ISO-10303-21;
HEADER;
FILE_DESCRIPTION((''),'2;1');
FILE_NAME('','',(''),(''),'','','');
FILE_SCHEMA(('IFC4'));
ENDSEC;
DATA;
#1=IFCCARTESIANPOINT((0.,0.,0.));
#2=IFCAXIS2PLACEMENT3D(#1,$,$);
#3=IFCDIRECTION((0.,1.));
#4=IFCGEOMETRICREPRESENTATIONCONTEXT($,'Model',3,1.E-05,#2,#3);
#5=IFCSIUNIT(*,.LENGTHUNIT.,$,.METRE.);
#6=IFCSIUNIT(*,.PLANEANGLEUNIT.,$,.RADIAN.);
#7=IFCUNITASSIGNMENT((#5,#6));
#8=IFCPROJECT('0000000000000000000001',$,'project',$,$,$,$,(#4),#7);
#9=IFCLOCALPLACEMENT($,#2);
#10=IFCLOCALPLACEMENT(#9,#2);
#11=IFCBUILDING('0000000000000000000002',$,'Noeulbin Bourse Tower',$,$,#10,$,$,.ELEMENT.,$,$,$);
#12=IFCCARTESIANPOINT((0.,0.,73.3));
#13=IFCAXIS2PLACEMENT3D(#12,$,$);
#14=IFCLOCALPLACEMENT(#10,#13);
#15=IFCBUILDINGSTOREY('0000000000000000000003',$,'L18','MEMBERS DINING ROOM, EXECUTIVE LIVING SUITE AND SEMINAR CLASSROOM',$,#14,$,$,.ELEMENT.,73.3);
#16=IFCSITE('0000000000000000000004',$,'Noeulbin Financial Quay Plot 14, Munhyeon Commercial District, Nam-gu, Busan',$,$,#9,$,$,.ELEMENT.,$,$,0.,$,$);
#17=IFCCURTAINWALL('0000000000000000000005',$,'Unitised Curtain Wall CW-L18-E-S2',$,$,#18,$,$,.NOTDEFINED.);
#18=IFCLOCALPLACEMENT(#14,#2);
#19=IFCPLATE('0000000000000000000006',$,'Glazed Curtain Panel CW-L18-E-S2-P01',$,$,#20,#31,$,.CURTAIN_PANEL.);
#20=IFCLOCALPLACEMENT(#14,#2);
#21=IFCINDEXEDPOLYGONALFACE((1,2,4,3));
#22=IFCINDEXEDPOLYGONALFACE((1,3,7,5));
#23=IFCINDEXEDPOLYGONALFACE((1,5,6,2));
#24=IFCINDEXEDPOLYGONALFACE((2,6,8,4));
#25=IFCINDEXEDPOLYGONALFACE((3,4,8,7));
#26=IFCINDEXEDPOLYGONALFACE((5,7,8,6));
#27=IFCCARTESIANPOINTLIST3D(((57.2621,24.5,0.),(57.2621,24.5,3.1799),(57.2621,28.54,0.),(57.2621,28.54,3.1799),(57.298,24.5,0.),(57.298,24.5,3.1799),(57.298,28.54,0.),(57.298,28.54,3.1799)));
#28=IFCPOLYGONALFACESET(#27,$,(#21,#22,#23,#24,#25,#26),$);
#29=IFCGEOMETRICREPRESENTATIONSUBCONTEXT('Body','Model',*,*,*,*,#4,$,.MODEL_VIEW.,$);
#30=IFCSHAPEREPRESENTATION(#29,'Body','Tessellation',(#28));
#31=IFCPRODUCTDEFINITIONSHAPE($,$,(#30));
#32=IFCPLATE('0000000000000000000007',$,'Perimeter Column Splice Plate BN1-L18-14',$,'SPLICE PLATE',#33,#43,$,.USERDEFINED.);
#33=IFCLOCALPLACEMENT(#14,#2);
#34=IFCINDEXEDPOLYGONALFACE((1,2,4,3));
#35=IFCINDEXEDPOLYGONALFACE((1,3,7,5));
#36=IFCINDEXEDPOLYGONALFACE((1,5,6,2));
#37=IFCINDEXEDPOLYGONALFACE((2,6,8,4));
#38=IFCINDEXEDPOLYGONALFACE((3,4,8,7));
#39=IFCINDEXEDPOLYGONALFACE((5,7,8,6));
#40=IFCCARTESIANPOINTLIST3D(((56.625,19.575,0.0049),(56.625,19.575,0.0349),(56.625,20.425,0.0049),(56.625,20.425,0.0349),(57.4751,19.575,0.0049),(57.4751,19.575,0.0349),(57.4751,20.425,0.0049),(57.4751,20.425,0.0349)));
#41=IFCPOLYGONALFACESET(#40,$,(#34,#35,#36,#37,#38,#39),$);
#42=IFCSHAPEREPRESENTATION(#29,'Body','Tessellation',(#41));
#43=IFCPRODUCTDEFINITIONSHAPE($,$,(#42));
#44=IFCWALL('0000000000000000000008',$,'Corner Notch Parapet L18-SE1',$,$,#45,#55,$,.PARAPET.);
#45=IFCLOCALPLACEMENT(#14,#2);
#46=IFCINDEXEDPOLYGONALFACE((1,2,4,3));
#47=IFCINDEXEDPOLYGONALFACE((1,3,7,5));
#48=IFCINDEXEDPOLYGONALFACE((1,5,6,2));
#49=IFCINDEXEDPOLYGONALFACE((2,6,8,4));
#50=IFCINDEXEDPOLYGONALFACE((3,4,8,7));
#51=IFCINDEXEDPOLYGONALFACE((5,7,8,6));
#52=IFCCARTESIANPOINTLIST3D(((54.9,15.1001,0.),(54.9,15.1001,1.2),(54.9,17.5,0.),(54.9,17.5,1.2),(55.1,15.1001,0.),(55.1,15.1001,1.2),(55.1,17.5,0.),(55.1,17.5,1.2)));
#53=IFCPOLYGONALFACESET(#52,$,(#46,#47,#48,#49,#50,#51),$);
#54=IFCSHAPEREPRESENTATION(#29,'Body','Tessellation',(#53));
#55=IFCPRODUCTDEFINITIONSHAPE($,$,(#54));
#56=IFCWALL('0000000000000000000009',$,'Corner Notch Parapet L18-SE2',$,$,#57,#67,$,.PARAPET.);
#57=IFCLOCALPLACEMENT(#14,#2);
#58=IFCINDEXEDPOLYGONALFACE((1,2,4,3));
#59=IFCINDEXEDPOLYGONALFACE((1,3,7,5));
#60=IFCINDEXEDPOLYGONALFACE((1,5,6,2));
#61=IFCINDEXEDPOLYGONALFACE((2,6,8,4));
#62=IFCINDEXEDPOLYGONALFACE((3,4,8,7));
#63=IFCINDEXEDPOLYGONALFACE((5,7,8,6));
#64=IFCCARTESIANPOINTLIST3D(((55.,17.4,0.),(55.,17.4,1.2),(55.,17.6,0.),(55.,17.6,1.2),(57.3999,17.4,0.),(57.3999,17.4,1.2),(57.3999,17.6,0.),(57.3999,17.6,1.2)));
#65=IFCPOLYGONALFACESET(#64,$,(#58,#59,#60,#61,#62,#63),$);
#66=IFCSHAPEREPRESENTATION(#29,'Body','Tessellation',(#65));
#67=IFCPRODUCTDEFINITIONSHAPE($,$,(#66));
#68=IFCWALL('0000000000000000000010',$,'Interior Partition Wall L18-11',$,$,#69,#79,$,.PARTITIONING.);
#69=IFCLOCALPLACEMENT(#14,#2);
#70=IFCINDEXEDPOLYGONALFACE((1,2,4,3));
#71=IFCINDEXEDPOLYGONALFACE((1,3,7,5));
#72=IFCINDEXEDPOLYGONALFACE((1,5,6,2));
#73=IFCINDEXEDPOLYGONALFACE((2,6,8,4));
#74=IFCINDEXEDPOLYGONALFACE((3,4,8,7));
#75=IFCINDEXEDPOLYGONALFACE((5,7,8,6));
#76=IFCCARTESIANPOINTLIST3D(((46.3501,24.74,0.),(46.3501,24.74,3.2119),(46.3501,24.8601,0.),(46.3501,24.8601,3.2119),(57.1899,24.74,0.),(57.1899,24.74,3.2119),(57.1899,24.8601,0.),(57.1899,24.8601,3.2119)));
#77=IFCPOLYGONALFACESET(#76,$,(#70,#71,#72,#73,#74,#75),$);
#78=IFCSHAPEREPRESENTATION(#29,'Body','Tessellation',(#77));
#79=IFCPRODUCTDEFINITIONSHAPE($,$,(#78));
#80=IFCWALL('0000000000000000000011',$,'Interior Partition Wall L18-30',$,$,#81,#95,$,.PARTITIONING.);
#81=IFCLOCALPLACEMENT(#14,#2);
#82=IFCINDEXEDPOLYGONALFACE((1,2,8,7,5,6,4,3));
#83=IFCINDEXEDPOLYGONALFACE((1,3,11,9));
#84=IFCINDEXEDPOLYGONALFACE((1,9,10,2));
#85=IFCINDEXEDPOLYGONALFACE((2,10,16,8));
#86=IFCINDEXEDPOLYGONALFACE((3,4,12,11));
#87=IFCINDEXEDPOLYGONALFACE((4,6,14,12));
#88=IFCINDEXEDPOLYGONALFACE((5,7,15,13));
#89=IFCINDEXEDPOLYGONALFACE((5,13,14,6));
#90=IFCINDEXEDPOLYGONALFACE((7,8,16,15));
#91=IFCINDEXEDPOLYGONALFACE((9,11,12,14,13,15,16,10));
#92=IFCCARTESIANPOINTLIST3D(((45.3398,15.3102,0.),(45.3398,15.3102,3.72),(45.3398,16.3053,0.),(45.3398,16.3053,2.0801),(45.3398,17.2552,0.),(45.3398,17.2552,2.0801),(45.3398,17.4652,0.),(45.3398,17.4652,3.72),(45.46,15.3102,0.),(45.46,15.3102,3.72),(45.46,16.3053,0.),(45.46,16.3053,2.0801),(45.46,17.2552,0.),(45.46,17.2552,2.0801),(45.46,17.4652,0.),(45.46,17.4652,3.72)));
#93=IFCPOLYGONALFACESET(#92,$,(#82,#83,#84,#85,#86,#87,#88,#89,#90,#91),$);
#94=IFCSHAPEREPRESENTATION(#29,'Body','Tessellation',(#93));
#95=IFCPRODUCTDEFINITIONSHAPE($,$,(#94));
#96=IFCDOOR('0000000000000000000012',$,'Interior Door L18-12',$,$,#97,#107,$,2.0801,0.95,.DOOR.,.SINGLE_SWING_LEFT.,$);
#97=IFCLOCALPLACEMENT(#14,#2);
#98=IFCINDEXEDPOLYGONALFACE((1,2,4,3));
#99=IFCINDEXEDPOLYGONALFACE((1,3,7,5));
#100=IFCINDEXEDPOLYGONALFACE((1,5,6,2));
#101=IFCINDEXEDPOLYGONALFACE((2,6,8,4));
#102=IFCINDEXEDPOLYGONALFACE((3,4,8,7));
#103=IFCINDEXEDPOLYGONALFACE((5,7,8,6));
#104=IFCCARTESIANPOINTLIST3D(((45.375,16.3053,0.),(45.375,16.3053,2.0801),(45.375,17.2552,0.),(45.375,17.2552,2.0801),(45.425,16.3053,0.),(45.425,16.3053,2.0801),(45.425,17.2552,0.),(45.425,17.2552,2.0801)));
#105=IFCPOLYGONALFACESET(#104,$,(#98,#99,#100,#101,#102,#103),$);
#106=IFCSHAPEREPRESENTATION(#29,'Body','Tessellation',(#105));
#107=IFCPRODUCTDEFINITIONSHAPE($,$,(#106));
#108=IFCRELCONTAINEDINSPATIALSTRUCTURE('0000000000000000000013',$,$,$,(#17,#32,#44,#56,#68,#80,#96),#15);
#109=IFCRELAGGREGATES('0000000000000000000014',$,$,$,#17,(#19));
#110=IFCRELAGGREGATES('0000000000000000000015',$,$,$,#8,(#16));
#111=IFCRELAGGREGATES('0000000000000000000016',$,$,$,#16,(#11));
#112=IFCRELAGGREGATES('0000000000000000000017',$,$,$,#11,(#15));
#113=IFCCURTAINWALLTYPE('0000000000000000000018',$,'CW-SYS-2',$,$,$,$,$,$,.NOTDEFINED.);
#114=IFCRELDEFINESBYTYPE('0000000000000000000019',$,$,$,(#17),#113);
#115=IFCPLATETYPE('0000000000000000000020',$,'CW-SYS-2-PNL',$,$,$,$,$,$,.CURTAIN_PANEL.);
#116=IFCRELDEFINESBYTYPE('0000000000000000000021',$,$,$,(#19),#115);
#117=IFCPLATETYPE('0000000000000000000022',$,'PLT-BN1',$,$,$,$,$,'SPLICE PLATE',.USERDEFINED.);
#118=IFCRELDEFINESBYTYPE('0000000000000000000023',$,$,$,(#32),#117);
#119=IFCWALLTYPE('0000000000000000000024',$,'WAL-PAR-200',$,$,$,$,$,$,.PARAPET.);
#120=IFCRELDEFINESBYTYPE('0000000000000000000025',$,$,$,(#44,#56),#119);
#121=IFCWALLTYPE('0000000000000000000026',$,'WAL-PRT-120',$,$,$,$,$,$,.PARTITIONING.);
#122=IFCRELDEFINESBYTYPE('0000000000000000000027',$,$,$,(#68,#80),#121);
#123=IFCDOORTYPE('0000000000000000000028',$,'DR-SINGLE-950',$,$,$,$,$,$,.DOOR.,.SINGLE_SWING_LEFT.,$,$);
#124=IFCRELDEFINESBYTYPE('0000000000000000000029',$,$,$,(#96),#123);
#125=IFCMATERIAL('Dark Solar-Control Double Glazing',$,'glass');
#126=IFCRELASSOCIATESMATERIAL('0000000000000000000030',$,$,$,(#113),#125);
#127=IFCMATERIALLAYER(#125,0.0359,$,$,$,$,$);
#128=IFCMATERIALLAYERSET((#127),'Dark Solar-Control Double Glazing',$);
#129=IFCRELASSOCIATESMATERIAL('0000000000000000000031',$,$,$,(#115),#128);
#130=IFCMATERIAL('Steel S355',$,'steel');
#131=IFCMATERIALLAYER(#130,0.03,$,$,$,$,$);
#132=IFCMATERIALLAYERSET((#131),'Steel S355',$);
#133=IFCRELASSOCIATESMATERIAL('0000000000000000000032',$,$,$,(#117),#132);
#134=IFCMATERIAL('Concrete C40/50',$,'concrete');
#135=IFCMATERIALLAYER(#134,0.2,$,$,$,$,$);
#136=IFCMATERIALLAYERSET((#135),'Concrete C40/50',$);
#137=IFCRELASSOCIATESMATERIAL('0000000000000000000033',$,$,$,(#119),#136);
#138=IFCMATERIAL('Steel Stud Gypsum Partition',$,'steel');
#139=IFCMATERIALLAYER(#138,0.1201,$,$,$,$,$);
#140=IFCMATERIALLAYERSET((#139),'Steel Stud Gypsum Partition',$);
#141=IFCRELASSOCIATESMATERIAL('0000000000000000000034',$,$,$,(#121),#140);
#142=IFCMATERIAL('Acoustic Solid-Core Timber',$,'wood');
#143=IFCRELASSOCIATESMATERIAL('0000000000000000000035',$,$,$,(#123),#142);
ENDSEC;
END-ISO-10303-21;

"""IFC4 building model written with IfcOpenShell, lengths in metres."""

from ifc_helpers import new_model, si_unit, direction, frame, frame_2d, origin, origin_2d, place, context, subcontext, project, spatial, rectangle, extrude, material, layer, layer_set, type_object, element, fill, aggregate, save


model = new_model("IFC4")

# Units and contexts
model_context = context("Model", 3, precision=1e-05, world=origin(), true_north=direction((0.0, 1.0)))
body_context = subcontext(model_context, "Body", "Model", "MODEL_VIEW")
ifc_project = project(units=[si_unit("LENGTHUNIT", "METRE"), si_unit("PLANEANGLEUNIT", "RADIAN")], contexts=[model_context])

# Site, building, storey
site_placement = place(None, origin())
site = spatial("IfcSite", under=ifc_project, at=site_placement, Name="Noeulbin Financial Quay Plot 14, Munhyeon Commercial District, Nam-gu, Busan", CompositionType="ELEMENT", RefElevation=0.0)
building_placement = place(site_placement, origin())
building = spatial("IfcBuilding", under=site, at=building_placement, Name="Noeulbin Bourse Tower", CompositionType="ELEMENT")
storey_placement = place(building_placement, frame((0.0, 0.0, 73.3)))
storey = spatial("IfcBuildingStorey", under=building, at=storey_placement, Name="L18", Description="MEMBERS DINING ROOM, EXECUTIVE LIVING SUITE AND SEMINAR CLASSROOM", CompositionType="ELEMENT", Elevation=73.3)

# Shared definitions
ifc_material_1 = material(Name="Steel S355", Category="steel")

# Curtain wall
ifc_material_2 = material(Name="Dark Solar-Control Double Glazing", Category="glass")
curtain_wall_type = type_object("IfcCurtainWallType", Name="CW-SYS-2", PredefinedType="NOTDEFINED", material=ifc_material_2)
curtain_wall_1_placement = place(storey_placement, origin())
curtain_wall_1 = element("IfcCurtainWall", 1, at=curtain_wall_1_placement, inside=storey, type_object=curtain_wall_type, Name="Unitised Curtain Wall CW-L18-E-S2", PredefinedType="NOTDEFINED")

# Plates
ifc_layer_1 = layer(ifc_material_2, 0.0359)
ifc_layer_set_1 = layer_set([ifc_layer_1], Name="Dark Solar-Control Double Glazing")
plate_type_1 = type_object("IfcPlateType", Name="CW-SYS-2-PNL", PredefinedType="CURTAIN_PANEL", material=ifc_layer_set_1)
plate_1_placement = place(storey_placement, frame((57.28, 26.52, 0.0), z_axis=(0.0, 0.0, 1.0), x_axis=(0.0, 1.0, 0.0)))
plate_1 = element("IfcPlate", 2, at=plate_1_placement, type_object=plate_type_1, Name="Glazed Curtain Panel CW-L18-E-S2-P01", PredefinedType="CURTAIN_PANEL", context=body_context, shape_type="SweptSolid", body=[
    extrude(rectangle(XDim=4.04, YDim=0.0359, at=origin_2d()), origin(), (0.0, 0.0, 1.0), 3.1799),
])
aggregate(curtain_wall_1, [plate_1])
ifc_layer_2 = layer(ifc_material_1, 0.03)
ifc_layer_set_2 = layer_set([ifc_layer_2], Name="Steel S355")
plate_type_2 = type_object("IfcPlateType", Name="PLT-BN1", ElementType="SPLICE PLATE", PredefinedType="USERDEFINED", material=ifc_layer_set_2)
plate_2_placement = place(storey_placement, frame((57.05, 20.0, 0.0049), z_axis=(0.0, 0.0, 1.0), x_axis=(1.0, 0.0, 0.0)))
element("IfcPlate", 3, at=plate_2_placement, inside=storey, type_object=plate_type_2, Name="Perimeter Column Splice Plate BN1-L18-14", ObjectType="SPLICE PLATE", PredefinedType="USERDEFINED", context=body_context, shape_type="SweptSolid", body=[
    extrude(rectangle(XDim=0.8501, YDim=0.8501, at=origin_2d()), origin(), (0.0, 0.0, 1.0), 0.03),
])

# Walls
ifc_material_3 = material(Name="Concrete C40/50", Category="concrete")
ifc_layer_3 = layer(ifc_material_3, 0.2)
ifc_layer_set_3 = layer_set([ifc_layer_3], Name="Concrete C40/50")
wall_type_1 = type_object("IfcWallType", Name="WAL-PAR-200", PredefinedType="PARAPET", material=ifc_layer_set_3)
for number, where, z_axis, x_axis, name in (
    (4, (55.0, 15.1001, 0.0), (0.0, 0.0, 1.0), (0.0, 1.0, 0.0), "Corner Notch Parapet L18-SE1"),
    (5, (55.0, 17.5, 0.0), (0.0, 0.0, 1.0), (1.0, 0.0, 0.0), "Corner Notch Parapet L18-SE2"),
):
    element("IfcWall", number, at=place(storey_placement, frame(where, z_axis=z_axis, x_axis=x_axis)), inside=storey, type_object=wall_type_1, Name=name, PredefinedType="PARAPET", context=body_context, shape_type="SweptSolid", body=[
        extrude(rectangle(XDim=2.3999, YDim=0.2, at=frame_2d((1.2, 0.0))), origin(), (0.0, 0.0, 1.0), 1.2),
    ])
ifc_material_4 = material(Name="Steel Stud Gypsum Partition", Category="steel")
ifc_layer_4 = layer(ifc_material_4, 0.1201)
ifc_layer_set_4 = layer_set([ifc_layer_4], Name="Steel Stud Gypsum Partition")
wall_type_2 = type_object("IfcWallType", Name="WAL-PRT-120", PredefinedType="PARTITIONING", material=ifc_layer_set_4)
wall_1_placement = place(storey_placement, frame((46.3501, 24.8, 0.0), z_axis=(0.0, 0.0, 1.0), x_axis=(1.0, 0.0, 0.0)))
element("IfcWall", 6, at=wall_1_placement, inside=storey, type_object=wall_type_2, Name="Interior Partition Wall L18-11", PredefinedType="PARTITIONING", context=body_context, shape_type="SweptSolid", body=[
    extrude(rectangle(XDim=10.8398, YDim=0.1201, at=frame_2d((5.4199, 0.0))), origin(), (0.0, 0.0, 1.0), 3.2119),
])

# Wall, opening, door
wall_2_placement = place(storey_placement, frame((45.3999, 15.3101, 0.0), z_axis=(0.0, 0.0, 1.0), x_axis=(0.0, 1.0, 0.0)))
wall_2 = element("IfcWall", 7, at=wall_2_placement, inside=storey, type_object=wall_type_2, Name="Interior Partition Wall L18-30", PredefinedType="PARTITIONING", context=body_context, shape_type="SweptSolid", body=[
    extrude(rectangle(XDim=2.155, YDim=0.1201, at=frame_2d((1.0776, 0.0))), origin(), (0.0, 0.0, 1.0), 3.72),
])
opening_1_placement = place(wall_2_placement, frame((0.9951, 0.0, 0.0)))
opening_1 = element("IfcOpeningElement", 8, at=opening_1_placement, cuts=wall_2, PredefinedType="OPENING", context=body_context, shape_type="SweptSolid", body=[
    extrude(rectangle(XDim=0.95, YDim=2.0801, at=frame_2d((0.4751, 1.04))), frame((0.0, 0.0701, 0.0), z_axis=(0.0, -1.0, 0.0), x_axis=(1.0, 0.0, 0.0)), (0.0, 0.0, 1.0), 0.1401),
])
ifc_material_5 = material(Name="Acoustic Solid-Core Timber", Category="wood")
door_type = type_object("IfcDoorType", Name="DR-SINGLE-950", OperationType="SINGLE_SWING_LEFT", PredefinedType="DOOR", material=ifc_material_5)
door_1_placement = place(opening_1_placement, origin())
door_1 = element("IfcDoor", 9, at=door_1_placement, inside=storey, type_object=door_type, Name="Interior Door L18-12", OperationType="SINGLE_SWING_LEFT", OverallHeight=2.0801, OverallWidth=0.95, PredefinedType="DOOR", context=body_context, shape_type="SweptSolid", body=[
    extrude(rectangle(XDim=0.95, YDim=2.0801, at=frame_2d((0.4751, 1.04))), frame((0.0, 0.0249, 0.0), z_axis=(0.0, -1.0, 0.0), x_axis=(1.0, 0.0, 0.0)), (0.0, 0.0, 1.0), 0.05),
])
fill(opening_1, door_1)

save(model, "model.ifc")
